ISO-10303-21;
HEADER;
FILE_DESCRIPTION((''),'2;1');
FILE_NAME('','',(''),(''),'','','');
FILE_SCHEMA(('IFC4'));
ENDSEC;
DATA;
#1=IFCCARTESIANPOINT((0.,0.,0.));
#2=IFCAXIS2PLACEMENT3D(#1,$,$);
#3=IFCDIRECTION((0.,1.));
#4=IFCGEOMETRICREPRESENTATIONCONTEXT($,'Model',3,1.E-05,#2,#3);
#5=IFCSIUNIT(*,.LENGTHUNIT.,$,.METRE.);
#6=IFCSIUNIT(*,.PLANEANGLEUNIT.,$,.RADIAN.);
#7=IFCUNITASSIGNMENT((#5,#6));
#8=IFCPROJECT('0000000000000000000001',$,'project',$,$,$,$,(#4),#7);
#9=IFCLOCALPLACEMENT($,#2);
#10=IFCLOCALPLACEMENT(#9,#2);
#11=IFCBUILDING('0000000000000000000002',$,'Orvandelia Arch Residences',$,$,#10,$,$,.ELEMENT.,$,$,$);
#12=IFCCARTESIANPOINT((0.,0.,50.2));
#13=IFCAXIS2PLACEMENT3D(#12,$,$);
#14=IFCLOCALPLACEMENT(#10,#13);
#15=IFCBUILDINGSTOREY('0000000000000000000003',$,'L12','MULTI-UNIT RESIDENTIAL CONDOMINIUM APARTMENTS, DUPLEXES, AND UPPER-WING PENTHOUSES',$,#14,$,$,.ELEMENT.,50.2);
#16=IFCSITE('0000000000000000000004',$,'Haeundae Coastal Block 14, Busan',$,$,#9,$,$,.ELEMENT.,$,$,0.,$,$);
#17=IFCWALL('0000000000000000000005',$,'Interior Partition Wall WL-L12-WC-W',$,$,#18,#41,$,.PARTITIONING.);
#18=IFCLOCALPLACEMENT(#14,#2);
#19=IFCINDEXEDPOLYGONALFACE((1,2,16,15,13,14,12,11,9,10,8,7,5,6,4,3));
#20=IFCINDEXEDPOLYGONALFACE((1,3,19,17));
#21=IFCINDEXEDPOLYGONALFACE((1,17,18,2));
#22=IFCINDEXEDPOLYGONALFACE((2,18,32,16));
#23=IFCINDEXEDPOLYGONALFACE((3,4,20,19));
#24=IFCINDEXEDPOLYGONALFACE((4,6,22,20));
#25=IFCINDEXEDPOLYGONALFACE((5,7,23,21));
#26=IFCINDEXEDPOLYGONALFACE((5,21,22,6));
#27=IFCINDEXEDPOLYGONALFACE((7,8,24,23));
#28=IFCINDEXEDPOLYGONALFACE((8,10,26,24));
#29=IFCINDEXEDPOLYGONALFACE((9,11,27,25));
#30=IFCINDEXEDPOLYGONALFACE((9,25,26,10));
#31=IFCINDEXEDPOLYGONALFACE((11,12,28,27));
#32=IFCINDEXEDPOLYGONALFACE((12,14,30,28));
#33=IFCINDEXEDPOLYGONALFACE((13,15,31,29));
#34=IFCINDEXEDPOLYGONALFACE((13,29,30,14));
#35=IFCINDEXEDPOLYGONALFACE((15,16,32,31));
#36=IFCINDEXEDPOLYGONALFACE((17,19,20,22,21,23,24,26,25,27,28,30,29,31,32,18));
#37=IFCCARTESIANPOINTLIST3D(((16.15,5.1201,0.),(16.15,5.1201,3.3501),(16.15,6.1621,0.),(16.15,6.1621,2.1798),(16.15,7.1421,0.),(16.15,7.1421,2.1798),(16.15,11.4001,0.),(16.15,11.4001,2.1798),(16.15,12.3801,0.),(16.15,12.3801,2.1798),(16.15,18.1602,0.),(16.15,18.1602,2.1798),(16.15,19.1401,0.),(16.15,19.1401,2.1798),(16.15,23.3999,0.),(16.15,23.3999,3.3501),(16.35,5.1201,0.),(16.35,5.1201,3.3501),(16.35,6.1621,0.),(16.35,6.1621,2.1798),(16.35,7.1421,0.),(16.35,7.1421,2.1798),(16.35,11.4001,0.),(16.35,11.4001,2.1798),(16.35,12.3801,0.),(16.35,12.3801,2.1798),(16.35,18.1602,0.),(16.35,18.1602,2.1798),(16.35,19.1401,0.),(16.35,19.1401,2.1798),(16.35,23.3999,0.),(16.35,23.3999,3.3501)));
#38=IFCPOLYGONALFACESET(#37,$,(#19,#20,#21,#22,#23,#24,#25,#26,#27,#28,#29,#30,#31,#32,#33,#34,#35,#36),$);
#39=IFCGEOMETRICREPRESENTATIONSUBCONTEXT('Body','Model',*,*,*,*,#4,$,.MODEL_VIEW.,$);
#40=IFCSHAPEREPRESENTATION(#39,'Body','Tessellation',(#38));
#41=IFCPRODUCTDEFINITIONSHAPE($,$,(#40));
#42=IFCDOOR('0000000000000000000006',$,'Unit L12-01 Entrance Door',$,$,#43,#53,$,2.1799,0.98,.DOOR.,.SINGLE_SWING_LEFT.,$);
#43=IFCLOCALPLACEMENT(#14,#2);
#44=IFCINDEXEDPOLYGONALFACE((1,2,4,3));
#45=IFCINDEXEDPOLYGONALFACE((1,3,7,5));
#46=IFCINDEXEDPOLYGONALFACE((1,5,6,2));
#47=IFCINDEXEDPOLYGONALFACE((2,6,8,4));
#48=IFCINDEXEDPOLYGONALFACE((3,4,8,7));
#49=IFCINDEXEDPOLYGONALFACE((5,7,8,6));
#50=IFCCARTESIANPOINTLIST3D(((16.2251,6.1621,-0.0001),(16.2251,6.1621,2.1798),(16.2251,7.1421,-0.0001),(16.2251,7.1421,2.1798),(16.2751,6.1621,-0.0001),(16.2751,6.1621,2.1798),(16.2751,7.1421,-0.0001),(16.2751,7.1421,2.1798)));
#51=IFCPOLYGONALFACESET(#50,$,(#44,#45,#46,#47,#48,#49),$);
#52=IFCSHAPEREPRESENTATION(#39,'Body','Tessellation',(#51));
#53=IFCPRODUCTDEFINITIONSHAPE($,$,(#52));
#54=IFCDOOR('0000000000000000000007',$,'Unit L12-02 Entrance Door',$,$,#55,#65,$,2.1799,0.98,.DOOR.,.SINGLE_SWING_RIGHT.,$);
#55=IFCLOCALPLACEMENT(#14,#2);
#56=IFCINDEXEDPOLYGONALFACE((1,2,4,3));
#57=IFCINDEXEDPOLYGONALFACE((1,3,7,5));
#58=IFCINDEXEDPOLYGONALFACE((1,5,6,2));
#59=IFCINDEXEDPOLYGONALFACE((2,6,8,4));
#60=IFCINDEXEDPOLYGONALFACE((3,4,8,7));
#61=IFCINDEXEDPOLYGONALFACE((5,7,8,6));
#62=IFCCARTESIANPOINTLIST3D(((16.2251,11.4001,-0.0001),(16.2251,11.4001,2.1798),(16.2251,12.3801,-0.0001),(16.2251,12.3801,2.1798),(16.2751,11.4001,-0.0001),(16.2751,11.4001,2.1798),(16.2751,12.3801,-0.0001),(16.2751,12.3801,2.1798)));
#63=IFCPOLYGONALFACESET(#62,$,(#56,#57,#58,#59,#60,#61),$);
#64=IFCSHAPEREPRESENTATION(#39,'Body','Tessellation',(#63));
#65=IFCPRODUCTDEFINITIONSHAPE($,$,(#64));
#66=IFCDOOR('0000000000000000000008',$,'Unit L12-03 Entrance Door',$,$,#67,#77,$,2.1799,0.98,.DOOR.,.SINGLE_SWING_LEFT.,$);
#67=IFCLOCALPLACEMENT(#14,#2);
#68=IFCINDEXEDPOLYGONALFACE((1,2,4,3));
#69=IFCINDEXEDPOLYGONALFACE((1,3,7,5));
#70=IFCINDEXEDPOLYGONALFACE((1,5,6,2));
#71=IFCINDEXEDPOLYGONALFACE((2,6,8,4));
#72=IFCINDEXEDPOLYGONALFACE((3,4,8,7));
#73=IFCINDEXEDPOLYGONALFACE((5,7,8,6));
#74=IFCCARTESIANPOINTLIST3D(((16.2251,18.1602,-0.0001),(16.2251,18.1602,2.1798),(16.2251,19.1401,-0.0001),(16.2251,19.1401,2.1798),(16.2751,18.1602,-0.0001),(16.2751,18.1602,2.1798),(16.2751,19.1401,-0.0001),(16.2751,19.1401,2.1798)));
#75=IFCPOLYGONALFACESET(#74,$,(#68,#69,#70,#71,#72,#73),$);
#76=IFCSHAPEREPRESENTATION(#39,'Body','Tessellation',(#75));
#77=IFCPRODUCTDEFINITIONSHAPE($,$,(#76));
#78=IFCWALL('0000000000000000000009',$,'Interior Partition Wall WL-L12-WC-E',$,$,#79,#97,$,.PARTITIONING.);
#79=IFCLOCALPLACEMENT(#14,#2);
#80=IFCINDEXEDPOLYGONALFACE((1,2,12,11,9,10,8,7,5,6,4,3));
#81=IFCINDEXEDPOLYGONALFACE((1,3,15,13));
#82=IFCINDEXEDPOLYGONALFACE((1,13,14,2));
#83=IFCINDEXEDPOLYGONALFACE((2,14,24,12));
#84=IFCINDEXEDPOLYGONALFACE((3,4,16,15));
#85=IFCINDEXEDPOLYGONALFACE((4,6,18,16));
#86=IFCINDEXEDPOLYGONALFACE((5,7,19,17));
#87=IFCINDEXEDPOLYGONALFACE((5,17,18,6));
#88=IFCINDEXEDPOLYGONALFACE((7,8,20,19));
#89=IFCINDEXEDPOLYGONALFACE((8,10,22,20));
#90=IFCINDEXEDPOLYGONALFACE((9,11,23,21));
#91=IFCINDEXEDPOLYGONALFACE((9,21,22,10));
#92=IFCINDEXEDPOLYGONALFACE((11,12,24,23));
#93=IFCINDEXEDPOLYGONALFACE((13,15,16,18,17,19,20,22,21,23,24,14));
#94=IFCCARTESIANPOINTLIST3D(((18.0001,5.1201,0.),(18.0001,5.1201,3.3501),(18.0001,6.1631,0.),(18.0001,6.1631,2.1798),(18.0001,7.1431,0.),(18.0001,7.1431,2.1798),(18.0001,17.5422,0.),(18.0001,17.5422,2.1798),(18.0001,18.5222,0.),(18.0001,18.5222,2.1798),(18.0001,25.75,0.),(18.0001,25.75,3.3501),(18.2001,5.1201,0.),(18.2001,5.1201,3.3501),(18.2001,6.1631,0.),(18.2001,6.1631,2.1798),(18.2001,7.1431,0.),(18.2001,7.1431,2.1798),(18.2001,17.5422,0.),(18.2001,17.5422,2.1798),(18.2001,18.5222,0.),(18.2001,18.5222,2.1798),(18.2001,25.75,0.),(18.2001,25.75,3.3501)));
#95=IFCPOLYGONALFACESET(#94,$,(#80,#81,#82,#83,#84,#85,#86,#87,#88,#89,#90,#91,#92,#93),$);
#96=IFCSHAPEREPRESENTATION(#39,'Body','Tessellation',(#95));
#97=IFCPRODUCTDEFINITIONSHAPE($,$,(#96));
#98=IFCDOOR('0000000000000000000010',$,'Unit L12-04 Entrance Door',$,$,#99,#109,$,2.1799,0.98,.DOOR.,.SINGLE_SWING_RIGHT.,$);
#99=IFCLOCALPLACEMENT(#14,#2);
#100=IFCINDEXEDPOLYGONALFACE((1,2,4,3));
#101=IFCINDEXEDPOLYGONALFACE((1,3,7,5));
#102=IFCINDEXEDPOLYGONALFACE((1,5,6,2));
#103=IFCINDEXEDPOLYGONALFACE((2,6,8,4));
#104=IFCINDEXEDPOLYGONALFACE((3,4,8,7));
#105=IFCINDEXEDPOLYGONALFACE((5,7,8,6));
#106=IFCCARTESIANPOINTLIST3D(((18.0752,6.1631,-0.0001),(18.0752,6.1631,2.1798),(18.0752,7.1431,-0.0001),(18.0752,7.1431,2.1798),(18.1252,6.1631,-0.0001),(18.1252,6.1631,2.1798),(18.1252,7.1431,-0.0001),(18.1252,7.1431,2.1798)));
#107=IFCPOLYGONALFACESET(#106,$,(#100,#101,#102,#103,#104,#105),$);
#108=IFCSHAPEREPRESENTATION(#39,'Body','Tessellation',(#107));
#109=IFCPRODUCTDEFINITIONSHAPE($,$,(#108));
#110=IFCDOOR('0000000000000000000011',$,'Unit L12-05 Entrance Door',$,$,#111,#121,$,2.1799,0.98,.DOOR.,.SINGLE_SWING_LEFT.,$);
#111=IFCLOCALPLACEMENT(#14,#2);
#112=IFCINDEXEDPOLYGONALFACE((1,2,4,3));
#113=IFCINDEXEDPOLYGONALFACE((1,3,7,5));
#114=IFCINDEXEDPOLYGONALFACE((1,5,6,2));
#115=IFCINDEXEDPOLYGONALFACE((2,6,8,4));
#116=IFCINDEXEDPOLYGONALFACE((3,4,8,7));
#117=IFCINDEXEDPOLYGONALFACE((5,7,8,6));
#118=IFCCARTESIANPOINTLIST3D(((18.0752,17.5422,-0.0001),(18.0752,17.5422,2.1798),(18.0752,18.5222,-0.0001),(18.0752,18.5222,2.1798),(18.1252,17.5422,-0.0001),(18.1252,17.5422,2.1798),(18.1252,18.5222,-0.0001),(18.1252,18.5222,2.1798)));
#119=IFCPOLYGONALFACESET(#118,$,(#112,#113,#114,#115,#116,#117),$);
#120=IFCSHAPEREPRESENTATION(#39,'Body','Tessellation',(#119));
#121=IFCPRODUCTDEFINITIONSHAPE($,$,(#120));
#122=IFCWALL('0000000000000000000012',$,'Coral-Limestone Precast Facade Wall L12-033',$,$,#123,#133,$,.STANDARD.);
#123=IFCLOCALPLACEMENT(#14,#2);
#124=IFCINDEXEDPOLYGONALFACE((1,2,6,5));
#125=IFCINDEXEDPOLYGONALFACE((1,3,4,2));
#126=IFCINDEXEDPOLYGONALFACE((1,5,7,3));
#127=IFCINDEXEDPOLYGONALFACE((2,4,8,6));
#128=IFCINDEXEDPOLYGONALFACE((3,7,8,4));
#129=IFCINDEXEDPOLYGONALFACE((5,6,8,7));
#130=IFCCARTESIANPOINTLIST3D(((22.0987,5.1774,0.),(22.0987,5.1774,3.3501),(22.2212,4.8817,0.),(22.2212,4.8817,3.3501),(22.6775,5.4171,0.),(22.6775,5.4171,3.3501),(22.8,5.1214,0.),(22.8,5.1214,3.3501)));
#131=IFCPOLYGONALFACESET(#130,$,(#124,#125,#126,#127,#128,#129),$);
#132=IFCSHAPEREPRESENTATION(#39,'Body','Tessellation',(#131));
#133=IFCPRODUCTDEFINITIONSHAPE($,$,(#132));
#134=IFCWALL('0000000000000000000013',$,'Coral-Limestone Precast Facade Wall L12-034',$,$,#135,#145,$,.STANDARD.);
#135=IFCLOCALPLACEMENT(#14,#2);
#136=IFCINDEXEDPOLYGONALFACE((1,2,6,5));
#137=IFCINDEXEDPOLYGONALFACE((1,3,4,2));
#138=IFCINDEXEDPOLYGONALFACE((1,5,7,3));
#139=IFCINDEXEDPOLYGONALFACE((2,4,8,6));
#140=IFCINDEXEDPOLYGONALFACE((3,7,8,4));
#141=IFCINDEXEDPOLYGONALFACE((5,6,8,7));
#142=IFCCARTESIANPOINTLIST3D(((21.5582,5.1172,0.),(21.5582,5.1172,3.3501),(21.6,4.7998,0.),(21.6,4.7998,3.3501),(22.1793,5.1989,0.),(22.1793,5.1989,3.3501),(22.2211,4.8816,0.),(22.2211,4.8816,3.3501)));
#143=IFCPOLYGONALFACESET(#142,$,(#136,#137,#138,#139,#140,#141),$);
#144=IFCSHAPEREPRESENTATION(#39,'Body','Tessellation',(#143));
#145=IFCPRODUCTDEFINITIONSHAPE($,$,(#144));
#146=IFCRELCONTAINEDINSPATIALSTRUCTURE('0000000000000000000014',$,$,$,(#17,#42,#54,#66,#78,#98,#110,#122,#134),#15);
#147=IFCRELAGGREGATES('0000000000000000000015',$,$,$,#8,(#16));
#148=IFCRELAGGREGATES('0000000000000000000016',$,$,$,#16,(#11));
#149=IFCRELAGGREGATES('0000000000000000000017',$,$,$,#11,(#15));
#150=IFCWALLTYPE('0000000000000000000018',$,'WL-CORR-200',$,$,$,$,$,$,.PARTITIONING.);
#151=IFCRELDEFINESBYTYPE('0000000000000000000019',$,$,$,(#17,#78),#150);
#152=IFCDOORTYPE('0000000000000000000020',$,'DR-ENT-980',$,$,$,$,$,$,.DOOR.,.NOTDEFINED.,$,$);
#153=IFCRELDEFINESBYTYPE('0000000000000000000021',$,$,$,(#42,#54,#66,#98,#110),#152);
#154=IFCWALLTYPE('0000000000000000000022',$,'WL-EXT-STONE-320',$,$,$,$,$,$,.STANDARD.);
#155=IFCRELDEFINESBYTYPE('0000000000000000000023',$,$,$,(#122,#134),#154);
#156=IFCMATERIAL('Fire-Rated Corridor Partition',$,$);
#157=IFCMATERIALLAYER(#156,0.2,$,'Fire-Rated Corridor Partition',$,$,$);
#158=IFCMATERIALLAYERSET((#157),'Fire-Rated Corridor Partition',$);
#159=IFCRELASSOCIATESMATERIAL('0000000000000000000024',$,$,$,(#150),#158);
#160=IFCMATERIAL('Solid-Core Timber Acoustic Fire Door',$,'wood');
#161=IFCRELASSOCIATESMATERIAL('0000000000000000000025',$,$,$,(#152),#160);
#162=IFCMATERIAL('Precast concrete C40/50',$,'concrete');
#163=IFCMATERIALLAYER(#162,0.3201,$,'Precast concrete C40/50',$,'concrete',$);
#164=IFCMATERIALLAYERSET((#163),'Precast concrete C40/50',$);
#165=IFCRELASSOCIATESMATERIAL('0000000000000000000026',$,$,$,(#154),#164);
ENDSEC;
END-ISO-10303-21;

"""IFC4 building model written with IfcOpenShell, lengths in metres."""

from ifc_helpers import new_model, si_unit, direction, frame, frame_2d, origin, place, context, subcontext, project, spatial, rectangle, extrude, material, layer, layer_set, type_object, element, fill, save


model = new_model("IFC4")

# Units and contexts
model_context = context("Model", 3, precision=1e-05, world=origin(), true_north=direction((0.0, 1.0)))
body_context = subcontext(model_context, "Body", "Model", "MODEL_VIEW")
ifc_project = project(units=[si_unit("LENGTHUNIT", "METRE"), si_unit("PLANEANGLEUNIT", "RADIAN")], contexts=[model_context])

# Site, building, storey
site_placement = place(None, origin())
site = spatial("IfcSite", under=ifc_project, at=site_placement, Name="Haeundae Coastal Block 14, Busan", CompositionType="ELEMENT", RefElevation=0.0)
building_placement = place(site_placement, origin())
building = spatial("IfcBuilding", under=site, at=building_placement, Name="Orvandelia Arch Residences", CompositionType="ELEMENT")
storey_placement = place(building_placement, frame((0.0, 0.0, 50.2)))
storey = spatial("IfcBuildingStorey", under=building, at=storey_placement, Name="L12", Description="MULTI-UNIT RESIDENTIAL CONDOMINIUM APARTMENTS, DUPLEXES, AND UPPER-WING PENTHOUSES", CompositionType="ELEMENT", Elevation=50.2)

# Walls, openings, doors
ifc_material_1 = material(Name="Fire-Rated Corridor Partition")
ifc_layer_1 = layer(ifc_material_1, 0.2, Name="Fire-Rated Corridor Partition")
ifc_layer_set_1 = layer_set([ifc_layer_1], Name="Fire-Rated Corridor Partition")
wall_type_1 = type_object("IfcWallType", Name="WL-CORR-200", PredefinedType="PARTITIONING", material=ifc_layer_set_1)
wall_1_placement = place(storey_placement, frame((16.25, 5.1201, 0.0), z_axis=(0.0, 0.0, 1.0), x_axis=(0.0, 1.0, 0.0)))
wall_1 = element("IfcWall", 1, at=wall_1_placement, inside=storey, type_object=wall_type_1, Name="Interior Partition Wall WL-L12-WC-W", PredefinedType="PARTITIONING", context=body_context, shape_type="SweptSolid", body=[
    extrude(rectangle(XDim=18.2798, YDim=0.2, at=frame_2d((9.1399, 0.0))), origin(), (0.0, 0.0, 1.0), 3.3501),
])
opening_1_placement = place(wall_1_placement, frame((1.042, 0.0, 0.0)))
opening_1 = element("IfcOpeningElement", 2, at=opening_1_placement, cuts=wall_1, PredefinedType="OPENING", context=body_context, shape_type="SweptSolid", body=[
    extrude(rectangle(XDim=0.98, YDim=2.1799, at=frame_2d((0.49, 1.0898))), frame((0.0, 0.1099, 0.0), z_axis=(0.0, -1.0, 0.0), x_axis=(1.0, 0.0, 0.0)), (0.0, 0.0, 1.0), 0.22),
])
opening_2_placement = place(wall_1_placement, frame((6.28, 0.0, 0.0)))
opening_2 = element("IfcOpeningElement", 3, at=opening_2_placement, cuts=wall_1, PredefinedType="OPENING", context=body_context, shape_type="SweptSolid", body=[
    extrude(rectangle(XDim=0.98, YDim=2.1799, at=frame_2d((0.49, 1.0898))), frame((0.0, 0.1099, 0.0), z_axis=(0.0, -1.0, 0.0), x_axis=(1.0, 0.0, 0.0)), (0.0, 0.0, 1.0), 0.22),
])
opening_3_placement = place(wall_1_placement, frame((13.04, 0.0, 0.0)))
opening_3 = element("IfcOpeningElement", 4, at=opening_3_placement, cuts=wall_1, PredefinedType="OPENING", context=body_context, shape_type="SweptSolid", body=[
    extrude(rectangle(XDim=0.98, YDim=2.1799, at=frame_2d((0.49, 1.0898))), frame((0.0, 0.1099, 0.0), z_axis=(0.0, -1.0, 0.0), x_axis=(1.0, 0.0, 0.0)), (0.0, 0.0, 1.0), 0.22),
])
ifc_material_2 = material(Name="Solid-Core Timber Acoustic Fire Door", Category="wood")
door_type_1 = type_object("IfcDoorType", Name="DR-ENT-980", OperationType="NOTDEFINED", PredefinedType="DOOR", material=ifc_material_2)
door_1_placement = place(opening_1_placement, origin())
door_1 = element("IfcDoor", 5, at=door_1_placement, inside=storey, type_object=door_type_1, Name="Unit L12-01 Entrance Door", OperationType="SINGLE_SWING_LEFT", OverallHeight=2.1799, OverallWidth=0.98, PredefinedType="DOOR", context=body_context, shape_type="SweptSolid", body=[
    extrude(rectangle(XDim=0.98, YDim=2.1799, at=frame_2d((0.49, 1.0898))), frame((0.0, 0.0249, 0.0), z_axis=(0.0, -1.0, 0.0), x_axis=(1.0, 0.0, 0.0)), (0.0, 0.0, 1.0), 0.05),
])
fill(opening_1, door_1)
door_2_placement = place(opening_2_placement, origin())
door_2 = element("IfcDoor", 6, at=door_2_placement, inside=storey, type_object=door_type_1, Name="Unit L12-02 Entrance Door", OperationType="SINGLE_SWING_RIGHT", OverallHeight=2.1799, OverallWidth=0.98, PredefinedType="DOOR", context=body_context, shape_type="SweptSolid", body=[
    extrude(rectangle(XDim=0.98, YDim=2.1799, at=frame_2d((0.49, 1.0898))), frame((0.0, 0.0249, 0.0), z_axis=(0.0, -1.0, 0.0), x_axis=(1.0, 0.0, 0.0)), (0.0, 0.0, 1.0), 0.05),
])
fill(opening_2, door_2)
door_3_placement = place(opening_3_placement, origin())
door_3 = element("IfcDoor", 7, at=door_3_placement, inside=storey, type_object=door_type_1, Name="Unit L12-03 Entrance Door", OperationType="SINGLE_SWING_LEFT", OverallHeight=2.1799, OverallWidth=0.98, PredefinedType="DOOR", context=body_context, shape_type="SweptSolid", body=[
    extrude(rectangle(XDim=0.98, YDim=2.1799, at=frame_2d((0.49, 1.0898))), frame((0.0, 0.0249, 0.0), z_axis=(0.0, -1.0, 0.0), x_axis=(1.0, 0.0, 0.0)), (0.0, 0.0, 1.0), 0.05),
])
fill(opening_3, door_3)
wall_2_placement = place(storey_placement, frame((18.1001, 5.1201, 0.0), z_axis=(0.0, 0.0, 1.0), x_axis=(0.0, 1.0, 0.0)))
wall_2 = element("IfcWall", 8, at=wall_2_placement, inside=storey, type_object=wall_type_1, Name="Interior Partition Wall WL-L12-WC-E", PredefinedType="PARTITIONING", context=body_context, shape_type="SweptSolid", body=[
    extrude(rectangle(XDim=20.6299, YDim=0.2, at=frame_2d((10.3149, 0.0))), origin(), (0.0, 0.0, 1.0), 3.3501),
])
opening_4_placement = place(wall_2_placement, frame((1.043, 0.0, 0.0)))
opening_4 = element("IfcOpeningElement", 9, at=opening_4_placement, cuts=wall_2, PredefinedType="OPENING", context=body_context, shape_type="SweptSolid", body=[
    extrude(rectangle(XDim=0.98, YDim=2.1799, at=frame_2d((0.49, 1.0898))), frame((0.0, 0.1099, 0.0), z_axis=(0.0, -1.0, 0.0), x_axis=(1.0, 0.0, 0.0)), (0.0, 0.0, 1.0), 0.22),
])
opening_5_placement = place(wall_2_placement, frame((12.4221, 0.0, 0.0)))
opening_5 = element("IfcOpeningElement", 10, at=opening_5_placement, cuts=wall_2, PredefinedType="OPENING", context=body_context, shape_type="SweptSolid", body=[
    extrude(rectangle(XDim=0.98, YDim=2.1799, at=frame_2d((0.49, 1.0898))), frame((0.0, 0.1099, 0.0), z_axis=(0.0, -1.0, 0.0), x_axis=(1.0, 0.0, 0.0)), (0.0, 0.0, 1.0), 0.22),
])
door_4_placement = place(opening_4_placement, origin())
door_4 = element("IfcDoor", 11, at=door_4_placement, inside=storey, type_object=door_type_1, Name="Unit L12-04 Entrance Door", OperationType="SINGLE_SWING_RIGHT", OverallHeight=2.1799, OverallWidth=0.98, PredefinedType="DOOR", context=body_context, shape_type="SweptSolid", body=[
    extrude(rectangle(XDim=0.98, YDim=2.1799, at=frame_2d((0.49, 1.0898))), frame((0.0, 0.0249, 0.0), z_axis=(0.0, -1.0, 0.0), x_axis=(1.0, 0.0, 0.0)), (0.0, 0.0, 1.0), 0.05),
])
fill(opening_4, door_4)
door_5_placement = place(opening_5_placement, origin())
door_5 = element("IfcDoor", 12, at=door_5_placement, inside=storey, type_object=door_type_1, Name="Unit L12-05 Entrance Door", OperationType="SINGLE_SWING_LEFT", OverallHeight=2.1799, OverallWidth=0.98, PredefinedType="DOOR", context=body_context, shape_type="SweptSolid", body=[
    extrude(rectangle(XDim=0.98, YDim=2.1799, at=frame_2d((0.49, 1.0898))), frame((0.0, 0.0249, 0.0), z_axis=(0.0, -1.0, 0.0), x_axis=(1.0, 0.0, 0.0)), (0.0, 0.0, 1.0), 0.05),
])
fill(opening_5, door_5)

# Walls
ifc_material_3 = material(Name="Precast concrete C40/50", Category="concrete")
ifc_layer_2 = layer(ifc_material_3, 0.3201, Name="Precast concrete C40/50", Category="concrete")
ifc_layer_set_2 = layer_set([ifc_layer_2], Name="Precast concrete C40/50")
wall_type_2 = type_object("IfcWallType", Name="WL-EXT-STONE-320", PredefinedType="STANDARD", material=ifc_layer_set_2)
for number, where, z_axis, x_axis, name in (
    (13, (22.7388, 5.2693, 0.0), (0.0, 0.0, 1.0), (-0.923893, -0.38265, 0.0), "Coral-Limestone Precast Facade Wall L12-033"),
    (14, (22.2002, 5.0403, 0.0), (0.0, 0.0, 1.0), (-0.991441, -0.130555, 0.0), "Coral-Limestone Precast Facade Wall L12-034"),
):
    element("IfcWall", number, at=place(storey_placement, frame(where, z_axis=z_axis, x_axis=x_axis)), inside=storey, type_object=wall_type_2, Name=name, PredefinedType="STANDARD", context=body_context, shape_type="SweptSolid", body=[
        extrude(rectangle(XDim=0.6265, YDim=0.3201, at=frame_2d((0.3132, 0.0))), origin(), (0.0, 0.0, 1.0), 3.3501),
    ])

save(model, "model.ifc")
